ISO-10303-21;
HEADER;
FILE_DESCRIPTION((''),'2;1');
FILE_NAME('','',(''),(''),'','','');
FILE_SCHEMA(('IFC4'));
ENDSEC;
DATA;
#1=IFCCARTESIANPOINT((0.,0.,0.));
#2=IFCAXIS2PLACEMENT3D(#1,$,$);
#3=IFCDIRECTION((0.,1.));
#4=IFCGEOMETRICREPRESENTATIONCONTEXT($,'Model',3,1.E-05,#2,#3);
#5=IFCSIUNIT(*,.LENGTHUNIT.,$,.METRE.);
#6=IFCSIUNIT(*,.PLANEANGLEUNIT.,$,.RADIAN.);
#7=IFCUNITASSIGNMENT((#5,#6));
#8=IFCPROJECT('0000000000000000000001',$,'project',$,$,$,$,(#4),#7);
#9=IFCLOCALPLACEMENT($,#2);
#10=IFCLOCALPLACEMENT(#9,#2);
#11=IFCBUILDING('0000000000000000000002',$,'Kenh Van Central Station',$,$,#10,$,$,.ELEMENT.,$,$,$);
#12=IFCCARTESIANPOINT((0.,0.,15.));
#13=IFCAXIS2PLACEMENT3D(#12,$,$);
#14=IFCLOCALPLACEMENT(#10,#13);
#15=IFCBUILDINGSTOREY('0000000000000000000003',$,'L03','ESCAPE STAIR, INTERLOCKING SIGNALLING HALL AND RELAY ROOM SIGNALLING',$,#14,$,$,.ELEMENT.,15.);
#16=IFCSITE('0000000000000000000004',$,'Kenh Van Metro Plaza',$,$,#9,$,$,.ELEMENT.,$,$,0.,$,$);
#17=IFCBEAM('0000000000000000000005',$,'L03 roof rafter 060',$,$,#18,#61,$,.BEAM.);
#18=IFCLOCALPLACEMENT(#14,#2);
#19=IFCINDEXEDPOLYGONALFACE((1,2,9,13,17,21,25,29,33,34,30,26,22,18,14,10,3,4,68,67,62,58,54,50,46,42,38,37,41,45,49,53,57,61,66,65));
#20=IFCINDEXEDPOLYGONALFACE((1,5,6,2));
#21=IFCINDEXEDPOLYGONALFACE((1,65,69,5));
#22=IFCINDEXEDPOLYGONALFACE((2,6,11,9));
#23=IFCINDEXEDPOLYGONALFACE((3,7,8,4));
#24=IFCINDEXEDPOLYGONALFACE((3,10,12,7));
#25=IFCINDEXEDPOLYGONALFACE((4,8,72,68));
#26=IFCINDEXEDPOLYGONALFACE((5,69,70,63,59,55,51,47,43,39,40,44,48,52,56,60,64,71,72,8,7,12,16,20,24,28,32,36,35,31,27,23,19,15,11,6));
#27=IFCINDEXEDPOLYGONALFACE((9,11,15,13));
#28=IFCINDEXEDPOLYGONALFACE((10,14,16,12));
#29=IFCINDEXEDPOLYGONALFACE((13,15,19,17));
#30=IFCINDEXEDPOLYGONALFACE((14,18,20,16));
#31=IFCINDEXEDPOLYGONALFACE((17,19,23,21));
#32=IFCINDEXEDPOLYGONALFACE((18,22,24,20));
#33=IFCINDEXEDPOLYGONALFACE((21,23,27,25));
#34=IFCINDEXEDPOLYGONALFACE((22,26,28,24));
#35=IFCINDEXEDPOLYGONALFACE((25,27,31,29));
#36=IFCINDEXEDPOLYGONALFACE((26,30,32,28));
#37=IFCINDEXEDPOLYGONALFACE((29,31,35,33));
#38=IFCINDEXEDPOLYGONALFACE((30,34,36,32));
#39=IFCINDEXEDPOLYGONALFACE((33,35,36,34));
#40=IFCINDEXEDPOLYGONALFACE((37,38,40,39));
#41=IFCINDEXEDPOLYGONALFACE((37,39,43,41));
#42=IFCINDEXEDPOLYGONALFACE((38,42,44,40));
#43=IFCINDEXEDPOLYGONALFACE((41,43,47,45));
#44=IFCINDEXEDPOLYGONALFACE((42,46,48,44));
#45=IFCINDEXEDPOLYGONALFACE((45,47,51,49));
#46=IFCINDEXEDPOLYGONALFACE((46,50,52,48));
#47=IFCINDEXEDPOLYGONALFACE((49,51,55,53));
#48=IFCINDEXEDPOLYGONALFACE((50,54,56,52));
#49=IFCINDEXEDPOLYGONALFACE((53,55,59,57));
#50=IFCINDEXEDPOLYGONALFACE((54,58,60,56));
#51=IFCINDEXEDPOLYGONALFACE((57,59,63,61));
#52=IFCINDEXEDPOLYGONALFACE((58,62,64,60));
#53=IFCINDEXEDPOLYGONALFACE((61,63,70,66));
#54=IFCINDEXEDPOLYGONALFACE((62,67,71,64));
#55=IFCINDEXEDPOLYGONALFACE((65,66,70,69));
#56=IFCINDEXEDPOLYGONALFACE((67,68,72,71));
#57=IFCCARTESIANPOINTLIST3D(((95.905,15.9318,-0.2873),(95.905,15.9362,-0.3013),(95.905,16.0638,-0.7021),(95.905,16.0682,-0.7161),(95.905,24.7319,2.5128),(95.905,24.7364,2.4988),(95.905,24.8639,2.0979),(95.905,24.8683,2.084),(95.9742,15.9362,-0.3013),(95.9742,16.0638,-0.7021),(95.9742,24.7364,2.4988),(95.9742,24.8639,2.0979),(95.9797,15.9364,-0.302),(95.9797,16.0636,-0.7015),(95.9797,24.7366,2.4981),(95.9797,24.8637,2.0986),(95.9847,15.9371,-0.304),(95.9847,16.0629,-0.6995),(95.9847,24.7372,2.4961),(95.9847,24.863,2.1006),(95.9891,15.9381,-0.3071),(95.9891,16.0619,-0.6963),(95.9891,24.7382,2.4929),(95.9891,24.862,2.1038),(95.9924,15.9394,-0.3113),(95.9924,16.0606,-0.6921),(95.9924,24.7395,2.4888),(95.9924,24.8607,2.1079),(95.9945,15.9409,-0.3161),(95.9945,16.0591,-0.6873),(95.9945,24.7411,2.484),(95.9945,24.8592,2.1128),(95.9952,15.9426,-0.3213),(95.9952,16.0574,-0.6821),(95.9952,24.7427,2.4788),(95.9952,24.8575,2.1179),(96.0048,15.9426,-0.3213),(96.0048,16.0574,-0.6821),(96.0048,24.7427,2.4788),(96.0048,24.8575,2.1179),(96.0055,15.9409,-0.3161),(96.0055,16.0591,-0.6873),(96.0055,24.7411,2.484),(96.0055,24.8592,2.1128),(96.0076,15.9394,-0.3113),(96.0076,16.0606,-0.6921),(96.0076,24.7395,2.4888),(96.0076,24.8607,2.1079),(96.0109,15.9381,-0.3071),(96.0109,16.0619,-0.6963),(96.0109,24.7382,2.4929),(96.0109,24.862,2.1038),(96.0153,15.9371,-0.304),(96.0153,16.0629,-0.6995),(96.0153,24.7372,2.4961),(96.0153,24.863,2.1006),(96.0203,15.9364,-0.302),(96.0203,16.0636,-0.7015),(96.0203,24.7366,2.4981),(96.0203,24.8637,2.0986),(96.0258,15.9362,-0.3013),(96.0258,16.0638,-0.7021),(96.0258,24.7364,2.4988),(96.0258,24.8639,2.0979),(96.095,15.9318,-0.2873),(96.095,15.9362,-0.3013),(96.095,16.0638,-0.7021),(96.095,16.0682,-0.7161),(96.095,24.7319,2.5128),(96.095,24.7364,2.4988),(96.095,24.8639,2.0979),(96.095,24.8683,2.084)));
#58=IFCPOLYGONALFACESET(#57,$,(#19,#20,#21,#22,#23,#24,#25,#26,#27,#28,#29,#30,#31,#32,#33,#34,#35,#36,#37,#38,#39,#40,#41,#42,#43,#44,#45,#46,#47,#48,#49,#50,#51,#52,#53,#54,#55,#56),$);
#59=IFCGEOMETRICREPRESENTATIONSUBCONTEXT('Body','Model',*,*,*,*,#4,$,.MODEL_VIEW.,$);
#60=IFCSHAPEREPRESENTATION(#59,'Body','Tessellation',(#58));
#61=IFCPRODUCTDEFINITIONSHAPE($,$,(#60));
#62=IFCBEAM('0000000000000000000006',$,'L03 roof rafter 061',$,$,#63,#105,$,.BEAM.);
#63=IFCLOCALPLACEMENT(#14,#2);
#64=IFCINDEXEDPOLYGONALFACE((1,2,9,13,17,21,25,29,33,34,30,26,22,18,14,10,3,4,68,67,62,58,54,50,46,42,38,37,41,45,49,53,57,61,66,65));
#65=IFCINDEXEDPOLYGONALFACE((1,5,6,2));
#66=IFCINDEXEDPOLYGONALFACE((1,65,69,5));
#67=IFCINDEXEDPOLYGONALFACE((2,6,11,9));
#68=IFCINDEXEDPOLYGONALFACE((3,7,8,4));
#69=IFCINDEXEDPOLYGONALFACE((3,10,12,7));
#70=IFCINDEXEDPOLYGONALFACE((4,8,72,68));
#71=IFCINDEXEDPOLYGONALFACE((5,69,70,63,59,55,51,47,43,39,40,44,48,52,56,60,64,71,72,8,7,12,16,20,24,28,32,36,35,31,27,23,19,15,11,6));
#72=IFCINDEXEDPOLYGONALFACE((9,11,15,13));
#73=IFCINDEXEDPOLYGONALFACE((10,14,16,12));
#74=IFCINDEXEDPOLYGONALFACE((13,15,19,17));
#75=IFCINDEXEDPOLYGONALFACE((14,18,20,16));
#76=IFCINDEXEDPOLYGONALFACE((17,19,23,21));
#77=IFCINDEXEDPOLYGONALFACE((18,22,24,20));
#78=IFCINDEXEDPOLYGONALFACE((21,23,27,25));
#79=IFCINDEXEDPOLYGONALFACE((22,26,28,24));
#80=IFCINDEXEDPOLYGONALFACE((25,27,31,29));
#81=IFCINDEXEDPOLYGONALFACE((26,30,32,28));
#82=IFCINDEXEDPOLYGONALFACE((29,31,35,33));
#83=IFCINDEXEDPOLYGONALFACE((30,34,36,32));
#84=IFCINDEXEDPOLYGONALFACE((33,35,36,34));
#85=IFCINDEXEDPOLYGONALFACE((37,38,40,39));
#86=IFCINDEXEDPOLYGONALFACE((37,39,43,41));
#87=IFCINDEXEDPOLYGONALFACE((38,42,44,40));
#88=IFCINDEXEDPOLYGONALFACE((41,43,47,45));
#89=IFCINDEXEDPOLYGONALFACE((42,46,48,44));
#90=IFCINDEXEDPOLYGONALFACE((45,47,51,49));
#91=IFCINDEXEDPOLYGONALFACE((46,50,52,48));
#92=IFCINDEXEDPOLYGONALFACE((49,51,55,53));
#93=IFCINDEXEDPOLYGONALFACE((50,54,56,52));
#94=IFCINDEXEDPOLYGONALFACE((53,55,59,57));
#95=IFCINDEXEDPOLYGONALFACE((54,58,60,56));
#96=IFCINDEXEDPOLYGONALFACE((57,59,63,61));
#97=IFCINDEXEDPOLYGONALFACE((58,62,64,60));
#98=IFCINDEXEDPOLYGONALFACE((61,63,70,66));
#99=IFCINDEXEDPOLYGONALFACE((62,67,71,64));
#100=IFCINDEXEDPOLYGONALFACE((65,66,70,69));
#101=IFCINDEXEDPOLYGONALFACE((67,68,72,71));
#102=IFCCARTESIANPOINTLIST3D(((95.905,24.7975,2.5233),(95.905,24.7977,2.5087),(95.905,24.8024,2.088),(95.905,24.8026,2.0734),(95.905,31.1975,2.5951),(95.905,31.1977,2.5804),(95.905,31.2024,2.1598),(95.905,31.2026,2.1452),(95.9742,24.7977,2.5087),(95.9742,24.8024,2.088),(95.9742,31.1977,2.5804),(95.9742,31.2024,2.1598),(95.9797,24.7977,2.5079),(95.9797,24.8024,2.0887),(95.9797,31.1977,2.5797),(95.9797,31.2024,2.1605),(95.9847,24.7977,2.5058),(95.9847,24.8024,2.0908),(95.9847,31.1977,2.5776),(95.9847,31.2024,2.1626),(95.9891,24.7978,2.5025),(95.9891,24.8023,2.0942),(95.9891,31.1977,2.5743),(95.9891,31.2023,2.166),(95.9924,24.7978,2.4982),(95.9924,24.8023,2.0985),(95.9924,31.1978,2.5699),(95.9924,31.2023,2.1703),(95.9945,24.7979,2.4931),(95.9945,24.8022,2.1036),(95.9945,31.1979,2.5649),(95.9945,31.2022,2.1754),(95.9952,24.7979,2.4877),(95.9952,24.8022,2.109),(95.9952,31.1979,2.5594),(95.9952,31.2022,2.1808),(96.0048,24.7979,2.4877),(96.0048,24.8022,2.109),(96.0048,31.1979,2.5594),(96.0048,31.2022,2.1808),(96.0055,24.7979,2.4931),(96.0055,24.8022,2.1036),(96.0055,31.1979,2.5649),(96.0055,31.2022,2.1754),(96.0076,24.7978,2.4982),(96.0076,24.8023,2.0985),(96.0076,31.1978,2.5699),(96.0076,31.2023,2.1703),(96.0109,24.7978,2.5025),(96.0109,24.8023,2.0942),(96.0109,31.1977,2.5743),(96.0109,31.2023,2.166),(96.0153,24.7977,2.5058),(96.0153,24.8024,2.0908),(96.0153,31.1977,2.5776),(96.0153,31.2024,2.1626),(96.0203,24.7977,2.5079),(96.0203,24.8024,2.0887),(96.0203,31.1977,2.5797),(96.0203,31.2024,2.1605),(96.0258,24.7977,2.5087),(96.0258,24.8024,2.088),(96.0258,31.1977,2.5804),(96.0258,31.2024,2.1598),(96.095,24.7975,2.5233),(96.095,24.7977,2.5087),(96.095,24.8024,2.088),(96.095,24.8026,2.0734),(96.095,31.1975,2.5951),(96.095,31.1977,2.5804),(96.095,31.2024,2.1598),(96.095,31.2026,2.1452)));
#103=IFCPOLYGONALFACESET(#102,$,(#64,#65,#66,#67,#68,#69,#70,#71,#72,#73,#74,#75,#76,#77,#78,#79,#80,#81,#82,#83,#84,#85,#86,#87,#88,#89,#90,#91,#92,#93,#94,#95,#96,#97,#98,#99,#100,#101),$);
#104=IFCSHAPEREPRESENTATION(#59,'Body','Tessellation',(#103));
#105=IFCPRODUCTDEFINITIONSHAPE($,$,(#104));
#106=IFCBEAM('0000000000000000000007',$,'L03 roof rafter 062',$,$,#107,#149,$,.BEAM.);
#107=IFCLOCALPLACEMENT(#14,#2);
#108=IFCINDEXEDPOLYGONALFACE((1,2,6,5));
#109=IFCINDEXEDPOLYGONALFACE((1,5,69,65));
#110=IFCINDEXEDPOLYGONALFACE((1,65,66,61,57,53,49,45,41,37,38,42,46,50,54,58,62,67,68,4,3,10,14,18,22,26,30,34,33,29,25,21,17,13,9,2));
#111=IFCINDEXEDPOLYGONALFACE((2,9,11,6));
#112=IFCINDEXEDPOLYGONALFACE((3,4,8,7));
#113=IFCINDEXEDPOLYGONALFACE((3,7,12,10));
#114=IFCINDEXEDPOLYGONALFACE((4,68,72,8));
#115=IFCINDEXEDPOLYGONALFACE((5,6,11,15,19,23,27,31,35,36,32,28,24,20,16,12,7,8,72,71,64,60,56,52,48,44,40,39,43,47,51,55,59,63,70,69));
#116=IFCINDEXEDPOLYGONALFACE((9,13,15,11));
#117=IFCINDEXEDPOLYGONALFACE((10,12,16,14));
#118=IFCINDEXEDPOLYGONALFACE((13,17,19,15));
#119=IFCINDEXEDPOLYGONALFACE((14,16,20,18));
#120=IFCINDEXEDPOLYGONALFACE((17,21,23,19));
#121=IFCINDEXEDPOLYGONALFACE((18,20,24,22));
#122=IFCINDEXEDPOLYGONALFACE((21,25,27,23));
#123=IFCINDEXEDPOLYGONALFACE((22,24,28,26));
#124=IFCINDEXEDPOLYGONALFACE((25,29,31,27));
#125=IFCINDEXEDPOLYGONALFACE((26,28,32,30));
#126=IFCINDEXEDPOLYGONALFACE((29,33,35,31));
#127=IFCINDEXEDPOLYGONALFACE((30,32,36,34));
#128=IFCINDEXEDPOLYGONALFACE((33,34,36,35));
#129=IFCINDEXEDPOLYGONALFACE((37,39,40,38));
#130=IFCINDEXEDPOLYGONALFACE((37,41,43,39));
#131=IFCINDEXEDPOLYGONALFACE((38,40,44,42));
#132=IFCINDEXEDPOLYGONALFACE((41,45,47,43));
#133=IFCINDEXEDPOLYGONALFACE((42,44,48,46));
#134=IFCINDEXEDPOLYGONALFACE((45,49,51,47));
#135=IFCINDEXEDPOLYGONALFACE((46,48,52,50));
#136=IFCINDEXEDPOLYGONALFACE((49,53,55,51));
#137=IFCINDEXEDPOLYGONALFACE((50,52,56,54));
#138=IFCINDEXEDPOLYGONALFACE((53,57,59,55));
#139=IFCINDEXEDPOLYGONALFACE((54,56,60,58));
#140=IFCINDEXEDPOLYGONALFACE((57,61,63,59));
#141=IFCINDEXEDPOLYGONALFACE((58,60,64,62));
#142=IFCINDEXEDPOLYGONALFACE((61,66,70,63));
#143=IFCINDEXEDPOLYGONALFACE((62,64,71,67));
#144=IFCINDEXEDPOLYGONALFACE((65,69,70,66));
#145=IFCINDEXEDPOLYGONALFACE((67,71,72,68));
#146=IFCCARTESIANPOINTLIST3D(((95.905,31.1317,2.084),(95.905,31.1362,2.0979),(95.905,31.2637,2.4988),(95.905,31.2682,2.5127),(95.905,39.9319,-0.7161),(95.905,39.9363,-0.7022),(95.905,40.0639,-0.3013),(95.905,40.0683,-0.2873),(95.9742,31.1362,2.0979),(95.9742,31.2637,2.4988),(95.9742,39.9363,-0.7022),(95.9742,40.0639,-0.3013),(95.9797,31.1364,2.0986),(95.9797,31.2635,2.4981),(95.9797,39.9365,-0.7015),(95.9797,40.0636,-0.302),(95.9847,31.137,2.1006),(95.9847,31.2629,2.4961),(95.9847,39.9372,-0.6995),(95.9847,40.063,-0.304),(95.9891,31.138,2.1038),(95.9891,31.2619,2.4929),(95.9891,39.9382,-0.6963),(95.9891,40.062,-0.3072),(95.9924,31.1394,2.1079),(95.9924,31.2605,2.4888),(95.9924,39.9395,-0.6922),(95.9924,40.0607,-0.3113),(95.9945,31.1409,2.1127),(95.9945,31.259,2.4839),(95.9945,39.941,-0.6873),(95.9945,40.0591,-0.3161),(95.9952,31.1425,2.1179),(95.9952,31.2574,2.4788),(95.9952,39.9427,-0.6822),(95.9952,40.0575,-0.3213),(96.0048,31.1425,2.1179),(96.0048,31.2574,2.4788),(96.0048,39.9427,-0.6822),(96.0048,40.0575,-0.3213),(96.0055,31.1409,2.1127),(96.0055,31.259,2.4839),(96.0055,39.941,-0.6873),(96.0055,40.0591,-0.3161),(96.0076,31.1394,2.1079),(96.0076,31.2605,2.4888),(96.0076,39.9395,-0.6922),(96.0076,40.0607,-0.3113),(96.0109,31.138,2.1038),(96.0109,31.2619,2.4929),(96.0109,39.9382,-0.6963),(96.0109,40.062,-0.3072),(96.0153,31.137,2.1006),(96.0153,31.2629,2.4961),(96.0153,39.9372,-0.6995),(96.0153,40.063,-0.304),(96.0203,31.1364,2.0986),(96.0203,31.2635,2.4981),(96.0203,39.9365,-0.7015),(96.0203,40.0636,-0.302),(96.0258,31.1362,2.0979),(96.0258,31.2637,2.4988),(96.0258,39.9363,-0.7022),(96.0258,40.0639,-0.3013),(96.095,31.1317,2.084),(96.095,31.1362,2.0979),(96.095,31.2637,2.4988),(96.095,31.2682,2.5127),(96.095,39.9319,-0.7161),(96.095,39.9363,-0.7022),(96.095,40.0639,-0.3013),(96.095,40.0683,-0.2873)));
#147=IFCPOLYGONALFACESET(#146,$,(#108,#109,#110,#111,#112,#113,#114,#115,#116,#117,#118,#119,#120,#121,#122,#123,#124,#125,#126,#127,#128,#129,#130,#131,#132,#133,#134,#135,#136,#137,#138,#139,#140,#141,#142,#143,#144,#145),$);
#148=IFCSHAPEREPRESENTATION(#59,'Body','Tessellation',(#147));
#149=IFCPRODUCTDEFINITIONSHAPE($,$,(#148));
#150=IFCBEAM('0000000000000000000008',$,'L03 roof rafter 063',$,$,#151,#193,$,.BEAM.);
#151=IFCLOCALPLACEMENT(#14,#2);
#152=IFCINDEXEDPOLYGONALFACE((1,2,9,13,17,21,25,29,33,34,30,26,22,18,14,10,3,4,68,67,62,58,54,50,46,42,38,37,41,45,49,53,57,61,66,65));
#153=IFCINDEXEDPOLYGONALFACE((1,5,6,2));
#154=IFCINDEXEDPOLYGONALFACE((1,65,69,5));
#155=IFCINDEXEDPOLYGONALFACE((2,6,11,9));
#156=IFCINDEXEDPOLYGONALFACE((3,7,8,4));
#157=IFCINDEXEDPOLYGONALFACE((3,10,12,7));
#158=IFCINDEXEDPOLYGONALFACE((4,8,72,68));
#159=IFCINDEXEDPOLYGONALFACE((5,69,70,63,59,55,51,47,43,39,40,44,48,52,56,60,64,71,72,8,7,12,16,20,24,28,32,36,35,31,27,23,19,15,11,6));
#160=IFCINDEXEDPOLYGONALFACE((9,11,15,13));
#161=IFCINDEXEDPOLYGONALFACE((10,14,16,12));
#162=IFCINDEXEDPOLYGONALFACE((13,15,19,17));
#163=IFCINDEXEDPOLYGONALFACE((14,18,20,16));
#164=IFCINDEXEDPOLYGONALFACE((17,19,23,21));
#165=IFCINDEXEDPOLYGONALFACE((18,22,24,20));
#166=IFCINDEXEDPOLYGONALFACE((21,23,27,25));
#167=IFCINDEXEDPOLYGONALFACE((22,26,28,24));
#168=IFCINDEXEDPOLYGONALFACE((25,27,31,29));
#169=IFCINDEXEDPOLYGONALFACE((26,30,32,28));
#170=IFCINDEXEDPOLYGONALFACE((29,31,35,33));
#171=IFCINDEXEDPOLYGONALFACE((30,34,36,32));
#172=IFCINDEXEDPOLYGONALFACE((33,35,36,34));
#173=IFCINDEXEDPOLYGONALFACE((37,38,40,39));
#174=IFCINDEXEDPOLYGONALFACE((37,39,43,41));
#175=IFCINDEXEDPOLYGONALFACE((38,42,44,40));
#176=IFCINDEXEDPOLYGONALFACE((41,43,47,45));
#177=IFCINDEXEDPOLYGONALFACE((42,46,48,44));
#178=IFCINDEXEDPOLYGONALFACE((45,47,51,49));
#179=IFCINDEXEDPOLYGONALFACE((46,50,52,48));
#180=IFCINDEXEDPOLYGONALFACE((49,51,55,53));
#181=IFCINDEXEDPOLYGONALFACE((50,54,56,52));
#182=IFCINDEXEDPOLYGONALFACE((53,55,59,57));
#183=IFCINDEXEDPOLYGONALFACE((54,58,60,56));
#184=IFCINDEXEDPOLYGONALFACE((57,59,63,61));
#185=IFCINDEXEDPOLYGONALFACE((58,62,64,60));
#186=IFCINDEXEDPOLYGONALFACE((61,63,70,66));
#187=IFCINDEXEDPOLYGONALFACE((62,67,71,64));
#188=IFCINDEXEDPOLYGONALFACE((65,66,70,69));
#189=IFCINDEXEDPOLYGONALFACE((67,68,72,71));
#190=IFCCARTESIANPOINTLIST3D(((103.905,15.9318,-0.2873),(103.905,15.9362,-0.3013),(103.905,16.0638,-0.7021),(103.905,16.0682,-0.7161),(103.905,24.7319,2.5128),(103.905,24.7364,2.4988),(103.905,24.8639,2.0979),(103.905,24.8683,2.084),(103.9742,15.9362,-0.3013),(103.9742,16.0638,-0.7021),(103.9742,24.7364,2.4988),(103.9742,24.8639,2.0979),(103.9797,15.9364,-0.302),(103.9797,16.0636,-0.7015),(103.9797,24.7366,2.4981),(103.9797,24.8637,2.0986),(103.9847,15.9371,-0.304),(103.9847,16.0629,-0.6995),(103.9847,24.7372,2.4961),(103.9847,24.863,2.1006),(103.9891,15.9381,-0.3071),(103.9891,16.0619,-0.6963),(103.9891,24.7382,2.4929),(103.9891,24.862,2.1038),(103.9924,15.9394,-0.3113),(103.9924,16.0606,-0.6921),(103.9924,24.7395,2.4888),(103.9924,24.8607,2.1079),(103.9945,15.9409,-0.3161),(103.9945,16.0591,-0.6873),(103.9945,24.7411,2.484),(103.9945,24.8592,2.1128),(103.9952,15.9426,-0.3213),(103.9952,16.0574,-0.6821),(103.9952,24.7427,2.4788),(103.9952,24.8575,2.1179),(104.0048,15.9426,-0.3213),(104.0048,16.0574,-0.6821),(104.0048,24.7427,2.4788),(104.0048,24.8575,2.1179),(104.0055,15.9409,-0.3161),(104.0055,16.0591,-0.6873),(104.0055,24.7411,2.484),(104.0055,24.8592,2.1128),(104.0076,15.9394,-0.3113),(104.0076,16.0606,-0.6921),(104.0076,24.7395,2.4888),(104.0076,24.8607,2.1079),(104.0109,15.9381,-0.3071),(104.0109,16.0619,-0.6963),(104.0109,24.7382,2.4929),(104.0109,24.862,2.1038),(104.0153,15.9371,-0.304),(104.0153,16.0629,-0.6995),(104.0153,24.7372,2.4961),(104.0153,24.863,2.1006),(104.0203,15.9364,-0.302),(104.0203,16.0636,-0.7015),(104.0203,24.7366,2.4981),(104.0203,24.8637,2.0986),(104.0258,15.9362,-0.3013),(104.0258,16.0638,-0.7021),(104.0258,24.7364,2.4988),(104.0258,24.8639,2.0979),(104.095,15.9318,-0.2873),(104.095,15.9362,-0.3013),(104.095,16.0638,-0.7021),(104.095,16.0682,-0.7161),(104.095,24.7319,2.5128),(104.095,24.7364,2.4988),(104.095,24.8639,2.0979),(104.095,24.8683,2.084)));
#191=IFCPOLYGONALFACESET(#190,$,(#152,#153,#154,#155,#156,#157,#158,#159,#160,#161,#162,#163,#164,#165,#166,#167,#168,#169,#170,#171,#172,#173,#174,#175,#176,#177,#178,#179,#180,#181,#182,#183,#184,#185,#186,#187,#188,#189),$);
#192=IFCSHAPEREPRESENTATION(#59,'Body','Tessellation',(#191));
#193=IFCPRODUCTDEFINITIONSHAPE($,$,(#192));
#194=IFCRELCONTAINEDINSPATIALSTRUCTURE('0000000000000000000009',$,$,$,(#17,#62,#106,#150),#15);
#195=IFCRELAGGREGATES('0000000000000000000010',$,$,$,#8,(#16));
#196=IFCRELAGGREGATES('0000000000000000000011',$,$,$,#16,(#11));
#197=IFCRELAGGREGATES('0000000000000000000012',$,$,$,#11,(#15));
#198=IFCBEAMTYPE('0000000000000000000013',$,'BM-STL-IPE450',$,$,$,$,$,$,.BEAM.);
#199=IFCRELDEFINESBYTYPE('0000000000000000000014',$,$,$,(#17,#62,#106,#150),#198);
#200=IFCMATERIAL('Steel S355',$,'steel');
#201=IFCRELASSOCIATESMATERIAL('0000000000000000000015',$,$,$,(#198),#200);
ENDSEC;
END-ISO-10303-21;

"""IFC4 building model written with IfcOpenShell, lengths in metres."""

from ifc_helpers import new_model, si_unit, direction, frame, origin, origin_2d, place, context, subcontext, project, spatial, i_section, extrude, material, material_profile, profile_set, type_object, element, save


model = new_model("IFC4")

# Units and contexts
model_context = context("Model", 3, precision=1e-05, world=origin(), true_north=direction((0.0, 1.0)))
body_context = subcontext(model_context, "Body", "Model", "MODEL_VIEW")
ifc_project = project(units=[si_unit("LENGTHUNIT", "METRE"), si_unit("PLANEANGLEUNIT", "RADIAN")], contexts=[model_context])

# Site, building, storey
site_placement = place(None, origin())
site = spatial("IfcSite", under=ifc_project, at=site_placement, Name="Kenh Van Metro Plaza", CompositionType="ELEMENT", RefElevation=0.0)
building_placement = place(site_placement, origin())
building = spatial("IfcBuilding", under=site, at=building_placement, Name="Kenh Van Central Station", CompositionType="ELEMENT")
storey_placement = place(building_placement, frame((0.0, 0.0, 15.0)))
storey = spatial("IfcBuildingStorey", under=building, at=storey_placement, Name="L03", Description="ESCAPE STAIR, INTERLOCKING SIGNALLING HALL AND RELAY ROOM SIGNALLING", CompositionType="ELEMENT", Elevation=15.0)

# Beams
ifc_material_1 = material(Name="Steel S355", Category="steel")
ifc_material_profile_1 = material_profile(ifc_material_1, i_section(OverallWidth=0.1899, OverallDepth=0.45, WebThickness=0.0095, FlangeThickness=0.0146, FilletRadius=0.021, at=origin_2d()), Name="IPE 450")
ifc_profile_set_1 = profile_set([ifc_material_profile_1], Name="Steel S355")
beam_type = type_object("IfcBeamType", Name="BM-STL-IPE450", PredefinedType="BEAM", material=ifc_profile_set_1)
beam_1_placement = place(storey_placement, frame((96.0, 16.0, -0.5017), z_axis=(0.0, 0.952925, 0.303207), x_axis=(-1.0, 0.0, 0.0)))
element("IfcBeam", 1, at=beam_1_placement, inside=storey, type_object=beam_type, Name="L03 roof rafter 060", PredefinedType="BEAM", context=body_context, shape_type="SweptSolid", body=[
    extrude(i_section(OverallWidth=0.1899, OverallDepth=0.45, WebThickness=0.0095, FlangeThickness=0.0146, FilletRadius=0.021, at=origin_2d()), origin(), (0.0, 0.0, 1.0), 9.2349),
])
beam_2_placement = place(storey_placement, frame((96.0, 24.8, 2.2983), z_axis=(0.0, 0.999937, 0.011215), x_axis=(-1.0, 0.0, 0.0)))
element("IfcBeam", 2, at=beam_2_placement, inside=storey, type_object=beam_type, Name="L03 roof rafter 061", PredefinedType="BEAM", context=body_context, shape_type="SweptSolid", body=[
    extrude(i_section(OverallWidth=0.1899, OverallDepth=0.45, WebThickness=0.0095, FlangeThickness=0.0146, FilletRadius=0.021, at=origin_2d()), origin(), (0.0, 0.0, 1.0), 6.4004),
])
for number, where, z_axis, x_axis, name in (
    (3, (96.0, 31.2, 2.2983), (0.0, 0.952925, -0.303207), (-1.0, 0.0, 0.0), "L03 roof rafter 062"),
    (4, (104.0, 16.0, -0.5017), (0.0, 0.952925, 0.303207), (-1.0, 0.0, 0.0), "L03 roof rafter 063"),
):
    element("IfcBeam", number, at=place(storey_placement, frame(where, z_axis=z_axis, x_axis=x_axis)), inside=storey, type_object=beam_type, Name=name, PredefinedType="BEAM", context=body_context, shape_type="SweptSolid", body=[
        extrude(i_section(OverallWidth=0.1899, OverallDepth=0.45, WebThickness=0.0095, FlangeThickness=0.0146, FilletRadius=0.021, at=origin_2d()), origin(), (0.0, 0.0, 1.0), 9.2349),
    ])

save(model, "model.ifc")
